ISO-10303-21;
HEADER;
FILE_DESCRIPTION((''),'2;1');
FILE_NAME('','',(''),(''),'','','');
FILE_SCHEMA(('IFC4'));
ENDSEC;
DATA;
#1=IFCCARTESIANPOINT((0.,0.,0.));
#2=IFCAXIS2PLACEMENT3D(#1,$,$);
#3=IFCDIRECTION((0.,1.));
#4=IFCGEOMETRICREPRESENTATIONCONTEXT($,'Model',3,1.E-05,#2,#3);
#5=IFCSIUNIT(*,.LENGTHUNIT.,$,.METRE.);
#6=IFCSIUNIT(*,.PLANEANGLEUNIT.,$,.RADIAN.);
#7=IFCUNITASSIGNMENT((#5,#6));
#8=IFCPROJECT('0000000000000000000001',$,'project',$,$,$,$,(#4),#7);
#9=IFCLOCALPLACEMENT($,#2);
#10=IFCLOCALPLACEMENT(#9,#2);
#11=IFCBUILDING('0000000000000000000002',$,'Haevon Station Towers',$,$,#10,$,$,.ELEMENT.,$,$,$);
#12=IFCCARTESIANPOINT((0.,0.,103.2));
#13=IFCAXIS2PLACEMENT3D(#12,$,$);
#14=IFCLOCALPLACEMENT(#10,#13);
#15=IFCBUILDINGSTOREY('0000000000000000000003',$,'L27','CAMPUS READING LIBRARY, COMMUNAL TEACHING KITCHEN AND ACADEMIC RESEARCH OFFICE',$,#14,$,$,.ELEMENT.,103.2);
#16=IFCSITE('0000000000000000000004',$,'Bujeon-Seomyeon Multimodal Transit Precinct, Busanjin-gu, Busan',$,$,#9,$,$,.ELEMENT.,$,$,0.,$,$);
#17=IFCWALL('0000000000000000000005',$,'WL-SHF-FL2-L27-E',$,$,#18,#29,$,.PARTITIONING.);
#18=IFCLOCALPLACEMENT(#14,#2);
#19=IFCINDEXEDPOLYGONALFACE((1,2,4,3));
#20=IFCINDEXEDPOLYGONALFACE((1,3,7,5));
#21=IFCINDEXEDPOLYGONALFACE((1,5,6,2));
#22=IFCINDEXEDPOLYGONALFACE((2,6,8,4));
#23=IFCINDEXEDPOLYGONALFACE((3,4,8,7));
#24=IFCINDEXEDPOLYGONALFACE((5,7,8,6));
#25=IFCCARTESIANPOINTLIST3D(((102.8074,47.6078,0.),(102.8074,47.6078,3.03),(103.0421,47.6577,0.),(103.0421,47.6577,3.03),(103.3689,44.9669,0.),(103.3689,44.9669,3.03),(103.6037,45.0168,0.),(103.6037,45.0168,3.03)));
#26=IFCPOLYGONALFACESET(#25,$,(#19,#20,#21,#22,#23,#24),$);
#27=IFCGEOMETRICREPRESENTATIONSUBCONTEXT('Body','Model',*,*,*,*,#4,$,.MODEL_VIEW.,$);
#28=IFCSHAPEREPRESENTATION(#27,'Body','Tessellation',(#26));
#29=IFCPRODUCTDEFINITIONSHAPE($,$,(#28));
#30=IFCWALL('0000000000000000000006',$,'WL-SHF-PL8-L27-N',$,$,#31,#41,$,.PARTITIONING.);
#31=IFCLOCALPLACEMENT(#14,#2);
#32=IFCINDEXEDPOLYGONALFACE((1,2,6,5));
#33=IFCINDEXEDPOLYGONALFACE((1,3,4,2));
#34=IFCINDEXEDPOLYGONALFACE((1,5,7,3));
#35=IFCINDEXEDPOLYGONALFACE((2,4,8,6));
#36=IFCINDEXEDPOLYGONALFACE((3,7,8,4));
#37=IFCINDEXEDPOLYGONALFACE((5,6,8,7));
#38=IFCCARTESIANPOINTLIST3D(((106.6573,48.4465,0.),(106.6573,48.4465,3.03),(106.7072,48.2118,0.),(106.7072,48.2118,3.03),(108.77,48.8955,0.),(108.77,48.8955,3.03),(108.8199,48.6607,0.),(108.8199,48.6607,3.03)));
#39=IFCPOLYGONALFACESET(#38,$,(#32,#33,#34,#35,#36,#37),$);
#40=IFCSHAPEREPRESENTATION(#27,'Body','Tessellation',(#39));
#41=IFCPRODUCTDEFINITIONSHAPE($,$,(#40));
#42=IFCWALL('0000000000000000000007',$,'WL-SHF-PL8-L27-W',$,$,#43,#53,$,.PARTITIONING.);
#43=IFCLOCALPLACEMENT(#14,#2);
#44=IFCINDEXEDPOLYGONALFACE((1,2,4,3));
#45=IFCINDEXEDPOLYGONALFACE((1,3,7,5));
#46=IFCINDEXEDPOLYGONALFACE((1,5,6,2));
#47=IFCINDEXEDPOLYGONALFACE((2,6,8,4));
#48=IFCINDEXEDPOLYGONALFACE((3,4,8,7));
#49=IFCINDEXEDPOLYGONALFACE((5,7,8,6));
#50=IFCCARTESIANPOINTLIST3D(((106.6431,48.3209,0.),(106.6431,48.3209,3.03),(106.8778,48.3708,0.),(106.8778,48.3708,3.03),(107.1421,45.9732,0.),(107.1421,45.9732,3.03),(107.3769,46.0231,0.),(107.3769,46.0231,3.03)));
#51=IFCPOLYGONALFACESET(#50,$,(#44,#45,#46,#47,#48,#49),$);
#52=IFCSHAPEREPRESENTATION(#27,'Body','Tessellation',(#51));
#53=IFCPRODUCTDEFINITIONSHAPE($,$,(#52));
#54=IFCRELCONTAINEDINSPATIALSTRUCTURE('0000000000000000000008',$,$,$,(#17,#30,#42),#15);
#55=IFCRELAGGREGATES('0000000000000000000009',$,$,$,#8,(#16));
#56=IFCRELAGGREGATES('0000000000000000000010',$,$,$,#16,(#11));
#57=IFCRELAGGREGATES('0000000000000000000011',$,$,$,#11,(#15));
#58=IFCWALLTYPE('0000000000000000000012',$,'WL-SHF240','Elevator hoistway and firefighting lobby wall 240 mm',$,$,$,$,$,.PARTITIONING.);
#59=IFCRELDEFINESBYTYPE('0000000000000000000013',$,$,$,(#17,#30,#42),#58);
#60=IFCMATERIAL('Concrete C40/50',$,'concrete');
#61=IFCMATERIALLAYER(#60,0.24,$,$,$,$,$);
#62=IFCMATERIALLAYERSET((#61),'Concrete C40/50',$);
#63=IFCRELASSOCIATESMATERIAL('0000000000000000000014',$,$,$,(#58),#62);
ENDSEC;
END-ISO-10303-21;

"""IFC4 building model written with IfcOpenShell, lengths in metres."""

from ifc_helpers import new_model, si_unit, direction, frame, frame_2d, origin, place, context, subcontext, project, spatial, rectangle, extrude, material, layer, layer_set, type_object, element, save


model = new_model("IFC4")

# Units and contexts
model_context = context("Model", 3, precision=1e-05, world=origin(), true_north=direction((0.0, 1.0)))
body_context = subcontext(model_context, "Body", "Model", "MODEL_VIEW")
ifc_project = project(units=[si_unit("LENGTHUNIT", "METRE"), si_unit("PLANEANGLEUNIT", "RADIAN")], contexts=[model_context])

# Site, building, storey
site_placement = place(None, origin())
site = spatial("IfcSite", under=ifc_project, at=site_placement, Name="Bujeon-Seomyeon Multimodal Transit Precinct, Busanjin-gu, Busan", CompositionType="ELEMENT", RefElevation=0.0)
building_placement = place(site_placement, origin())
building = spatial("IfcBuilding", under=site, at=building_placement, Name="Haevon Station Towers", CompositionType="ELEMENT")
storey_placement = place(building_placement, frame((0.0, 0.0, 103.2)))
storey = spatial("IfcBuildingStorey", under=building, at=storey_placement, Name="L27", Description="CAMPUS READING LIBRARY, COMMUNAL TEACHING KITCHEN AND ACADEMIC RESEARCH OFFICE", CompositionType="ELEMENT", Elevation=103.2)

# Wall
ifc_material_1 = material(Name="Concrete C40/50", Category="concrete")
ifc_layer_1 = layer(ifc_material_1, 0.24)
ifc_layer_set_1 = layer_set([ifc_layer_1], Name="Concrete C40/50")
wall_type_1 = type_object("IfcWallType", Name="WL-SHF240", Description="Elevator hoistway and firefighting lobby wall 240 mm", PredefinedType="PARTITIONING", material=ifc_layer_set_1)
wall_1_placement = place(storey_placement, frame((103.4863, 44.9917, 0.0), z_axis=(0.0, 0.0, 1.0), x_axis=(-0.207979, 0.978133, 0.0)))
element("IfcWall", 1, at=wall_1_placement, inside=storey, type_object=wall_type_1, Name="WL-SHF-FL2-L27-E", PredefinedType="PARTITIONING", context=body_context, shape_type="SweptSolid", body=[
    extrude(rectangle(XDim=2.7, YDim=0.24, at=frame_2d((1.3501, 0.0))), origin(), (0.0, 0.0, 1.0), 3.03),
])

# Walls
wall_2_placement = place(storey_placement, frame((106.6821, 48.3291, 0.0), z_axis=(0.0, 0.0, 1.0), x_axis=(0.978158, 0.207861, 0.0)))
element("IfcWall", 2, at=wall_2_placement, inside=storey, type_object=wall_type_1, Name="WL-SHF-PL8-L27-N", PredefinedType="PARTITIONING", context=body_context, shape_type="SweptSolid", body=[
    extrude(rectangle(XDim=2.1599, YDim=0.24, at=frame_2d((1.0801, 0.0))), origin(), (0.0, 0.0, 1.0), 3.03),
])
wall_3_placement = place(storey_placement, frame((107.2595, 45.998, 0.0), z_axis=(0.0, 0.0, 1.0), x_axis=(-0.207917, 0.978146, 0.0)))
element("IfcWall", 3, at=wall_3_placement, inside=storey, type_object=wall_type_1, Name="WL-SHF-PL8-L27-W", PredefinedType="PARTITIONING", context=body_context, shape_type="SweptSolid", body=[
    extrude(rectangle(XDim=2.4001, YDim=0.24, at=frame_2d((1.2002, 0.0))), origin(), (0.0, 0.0, 1.0), 3.03),
])

save(model, "model.ifc")
